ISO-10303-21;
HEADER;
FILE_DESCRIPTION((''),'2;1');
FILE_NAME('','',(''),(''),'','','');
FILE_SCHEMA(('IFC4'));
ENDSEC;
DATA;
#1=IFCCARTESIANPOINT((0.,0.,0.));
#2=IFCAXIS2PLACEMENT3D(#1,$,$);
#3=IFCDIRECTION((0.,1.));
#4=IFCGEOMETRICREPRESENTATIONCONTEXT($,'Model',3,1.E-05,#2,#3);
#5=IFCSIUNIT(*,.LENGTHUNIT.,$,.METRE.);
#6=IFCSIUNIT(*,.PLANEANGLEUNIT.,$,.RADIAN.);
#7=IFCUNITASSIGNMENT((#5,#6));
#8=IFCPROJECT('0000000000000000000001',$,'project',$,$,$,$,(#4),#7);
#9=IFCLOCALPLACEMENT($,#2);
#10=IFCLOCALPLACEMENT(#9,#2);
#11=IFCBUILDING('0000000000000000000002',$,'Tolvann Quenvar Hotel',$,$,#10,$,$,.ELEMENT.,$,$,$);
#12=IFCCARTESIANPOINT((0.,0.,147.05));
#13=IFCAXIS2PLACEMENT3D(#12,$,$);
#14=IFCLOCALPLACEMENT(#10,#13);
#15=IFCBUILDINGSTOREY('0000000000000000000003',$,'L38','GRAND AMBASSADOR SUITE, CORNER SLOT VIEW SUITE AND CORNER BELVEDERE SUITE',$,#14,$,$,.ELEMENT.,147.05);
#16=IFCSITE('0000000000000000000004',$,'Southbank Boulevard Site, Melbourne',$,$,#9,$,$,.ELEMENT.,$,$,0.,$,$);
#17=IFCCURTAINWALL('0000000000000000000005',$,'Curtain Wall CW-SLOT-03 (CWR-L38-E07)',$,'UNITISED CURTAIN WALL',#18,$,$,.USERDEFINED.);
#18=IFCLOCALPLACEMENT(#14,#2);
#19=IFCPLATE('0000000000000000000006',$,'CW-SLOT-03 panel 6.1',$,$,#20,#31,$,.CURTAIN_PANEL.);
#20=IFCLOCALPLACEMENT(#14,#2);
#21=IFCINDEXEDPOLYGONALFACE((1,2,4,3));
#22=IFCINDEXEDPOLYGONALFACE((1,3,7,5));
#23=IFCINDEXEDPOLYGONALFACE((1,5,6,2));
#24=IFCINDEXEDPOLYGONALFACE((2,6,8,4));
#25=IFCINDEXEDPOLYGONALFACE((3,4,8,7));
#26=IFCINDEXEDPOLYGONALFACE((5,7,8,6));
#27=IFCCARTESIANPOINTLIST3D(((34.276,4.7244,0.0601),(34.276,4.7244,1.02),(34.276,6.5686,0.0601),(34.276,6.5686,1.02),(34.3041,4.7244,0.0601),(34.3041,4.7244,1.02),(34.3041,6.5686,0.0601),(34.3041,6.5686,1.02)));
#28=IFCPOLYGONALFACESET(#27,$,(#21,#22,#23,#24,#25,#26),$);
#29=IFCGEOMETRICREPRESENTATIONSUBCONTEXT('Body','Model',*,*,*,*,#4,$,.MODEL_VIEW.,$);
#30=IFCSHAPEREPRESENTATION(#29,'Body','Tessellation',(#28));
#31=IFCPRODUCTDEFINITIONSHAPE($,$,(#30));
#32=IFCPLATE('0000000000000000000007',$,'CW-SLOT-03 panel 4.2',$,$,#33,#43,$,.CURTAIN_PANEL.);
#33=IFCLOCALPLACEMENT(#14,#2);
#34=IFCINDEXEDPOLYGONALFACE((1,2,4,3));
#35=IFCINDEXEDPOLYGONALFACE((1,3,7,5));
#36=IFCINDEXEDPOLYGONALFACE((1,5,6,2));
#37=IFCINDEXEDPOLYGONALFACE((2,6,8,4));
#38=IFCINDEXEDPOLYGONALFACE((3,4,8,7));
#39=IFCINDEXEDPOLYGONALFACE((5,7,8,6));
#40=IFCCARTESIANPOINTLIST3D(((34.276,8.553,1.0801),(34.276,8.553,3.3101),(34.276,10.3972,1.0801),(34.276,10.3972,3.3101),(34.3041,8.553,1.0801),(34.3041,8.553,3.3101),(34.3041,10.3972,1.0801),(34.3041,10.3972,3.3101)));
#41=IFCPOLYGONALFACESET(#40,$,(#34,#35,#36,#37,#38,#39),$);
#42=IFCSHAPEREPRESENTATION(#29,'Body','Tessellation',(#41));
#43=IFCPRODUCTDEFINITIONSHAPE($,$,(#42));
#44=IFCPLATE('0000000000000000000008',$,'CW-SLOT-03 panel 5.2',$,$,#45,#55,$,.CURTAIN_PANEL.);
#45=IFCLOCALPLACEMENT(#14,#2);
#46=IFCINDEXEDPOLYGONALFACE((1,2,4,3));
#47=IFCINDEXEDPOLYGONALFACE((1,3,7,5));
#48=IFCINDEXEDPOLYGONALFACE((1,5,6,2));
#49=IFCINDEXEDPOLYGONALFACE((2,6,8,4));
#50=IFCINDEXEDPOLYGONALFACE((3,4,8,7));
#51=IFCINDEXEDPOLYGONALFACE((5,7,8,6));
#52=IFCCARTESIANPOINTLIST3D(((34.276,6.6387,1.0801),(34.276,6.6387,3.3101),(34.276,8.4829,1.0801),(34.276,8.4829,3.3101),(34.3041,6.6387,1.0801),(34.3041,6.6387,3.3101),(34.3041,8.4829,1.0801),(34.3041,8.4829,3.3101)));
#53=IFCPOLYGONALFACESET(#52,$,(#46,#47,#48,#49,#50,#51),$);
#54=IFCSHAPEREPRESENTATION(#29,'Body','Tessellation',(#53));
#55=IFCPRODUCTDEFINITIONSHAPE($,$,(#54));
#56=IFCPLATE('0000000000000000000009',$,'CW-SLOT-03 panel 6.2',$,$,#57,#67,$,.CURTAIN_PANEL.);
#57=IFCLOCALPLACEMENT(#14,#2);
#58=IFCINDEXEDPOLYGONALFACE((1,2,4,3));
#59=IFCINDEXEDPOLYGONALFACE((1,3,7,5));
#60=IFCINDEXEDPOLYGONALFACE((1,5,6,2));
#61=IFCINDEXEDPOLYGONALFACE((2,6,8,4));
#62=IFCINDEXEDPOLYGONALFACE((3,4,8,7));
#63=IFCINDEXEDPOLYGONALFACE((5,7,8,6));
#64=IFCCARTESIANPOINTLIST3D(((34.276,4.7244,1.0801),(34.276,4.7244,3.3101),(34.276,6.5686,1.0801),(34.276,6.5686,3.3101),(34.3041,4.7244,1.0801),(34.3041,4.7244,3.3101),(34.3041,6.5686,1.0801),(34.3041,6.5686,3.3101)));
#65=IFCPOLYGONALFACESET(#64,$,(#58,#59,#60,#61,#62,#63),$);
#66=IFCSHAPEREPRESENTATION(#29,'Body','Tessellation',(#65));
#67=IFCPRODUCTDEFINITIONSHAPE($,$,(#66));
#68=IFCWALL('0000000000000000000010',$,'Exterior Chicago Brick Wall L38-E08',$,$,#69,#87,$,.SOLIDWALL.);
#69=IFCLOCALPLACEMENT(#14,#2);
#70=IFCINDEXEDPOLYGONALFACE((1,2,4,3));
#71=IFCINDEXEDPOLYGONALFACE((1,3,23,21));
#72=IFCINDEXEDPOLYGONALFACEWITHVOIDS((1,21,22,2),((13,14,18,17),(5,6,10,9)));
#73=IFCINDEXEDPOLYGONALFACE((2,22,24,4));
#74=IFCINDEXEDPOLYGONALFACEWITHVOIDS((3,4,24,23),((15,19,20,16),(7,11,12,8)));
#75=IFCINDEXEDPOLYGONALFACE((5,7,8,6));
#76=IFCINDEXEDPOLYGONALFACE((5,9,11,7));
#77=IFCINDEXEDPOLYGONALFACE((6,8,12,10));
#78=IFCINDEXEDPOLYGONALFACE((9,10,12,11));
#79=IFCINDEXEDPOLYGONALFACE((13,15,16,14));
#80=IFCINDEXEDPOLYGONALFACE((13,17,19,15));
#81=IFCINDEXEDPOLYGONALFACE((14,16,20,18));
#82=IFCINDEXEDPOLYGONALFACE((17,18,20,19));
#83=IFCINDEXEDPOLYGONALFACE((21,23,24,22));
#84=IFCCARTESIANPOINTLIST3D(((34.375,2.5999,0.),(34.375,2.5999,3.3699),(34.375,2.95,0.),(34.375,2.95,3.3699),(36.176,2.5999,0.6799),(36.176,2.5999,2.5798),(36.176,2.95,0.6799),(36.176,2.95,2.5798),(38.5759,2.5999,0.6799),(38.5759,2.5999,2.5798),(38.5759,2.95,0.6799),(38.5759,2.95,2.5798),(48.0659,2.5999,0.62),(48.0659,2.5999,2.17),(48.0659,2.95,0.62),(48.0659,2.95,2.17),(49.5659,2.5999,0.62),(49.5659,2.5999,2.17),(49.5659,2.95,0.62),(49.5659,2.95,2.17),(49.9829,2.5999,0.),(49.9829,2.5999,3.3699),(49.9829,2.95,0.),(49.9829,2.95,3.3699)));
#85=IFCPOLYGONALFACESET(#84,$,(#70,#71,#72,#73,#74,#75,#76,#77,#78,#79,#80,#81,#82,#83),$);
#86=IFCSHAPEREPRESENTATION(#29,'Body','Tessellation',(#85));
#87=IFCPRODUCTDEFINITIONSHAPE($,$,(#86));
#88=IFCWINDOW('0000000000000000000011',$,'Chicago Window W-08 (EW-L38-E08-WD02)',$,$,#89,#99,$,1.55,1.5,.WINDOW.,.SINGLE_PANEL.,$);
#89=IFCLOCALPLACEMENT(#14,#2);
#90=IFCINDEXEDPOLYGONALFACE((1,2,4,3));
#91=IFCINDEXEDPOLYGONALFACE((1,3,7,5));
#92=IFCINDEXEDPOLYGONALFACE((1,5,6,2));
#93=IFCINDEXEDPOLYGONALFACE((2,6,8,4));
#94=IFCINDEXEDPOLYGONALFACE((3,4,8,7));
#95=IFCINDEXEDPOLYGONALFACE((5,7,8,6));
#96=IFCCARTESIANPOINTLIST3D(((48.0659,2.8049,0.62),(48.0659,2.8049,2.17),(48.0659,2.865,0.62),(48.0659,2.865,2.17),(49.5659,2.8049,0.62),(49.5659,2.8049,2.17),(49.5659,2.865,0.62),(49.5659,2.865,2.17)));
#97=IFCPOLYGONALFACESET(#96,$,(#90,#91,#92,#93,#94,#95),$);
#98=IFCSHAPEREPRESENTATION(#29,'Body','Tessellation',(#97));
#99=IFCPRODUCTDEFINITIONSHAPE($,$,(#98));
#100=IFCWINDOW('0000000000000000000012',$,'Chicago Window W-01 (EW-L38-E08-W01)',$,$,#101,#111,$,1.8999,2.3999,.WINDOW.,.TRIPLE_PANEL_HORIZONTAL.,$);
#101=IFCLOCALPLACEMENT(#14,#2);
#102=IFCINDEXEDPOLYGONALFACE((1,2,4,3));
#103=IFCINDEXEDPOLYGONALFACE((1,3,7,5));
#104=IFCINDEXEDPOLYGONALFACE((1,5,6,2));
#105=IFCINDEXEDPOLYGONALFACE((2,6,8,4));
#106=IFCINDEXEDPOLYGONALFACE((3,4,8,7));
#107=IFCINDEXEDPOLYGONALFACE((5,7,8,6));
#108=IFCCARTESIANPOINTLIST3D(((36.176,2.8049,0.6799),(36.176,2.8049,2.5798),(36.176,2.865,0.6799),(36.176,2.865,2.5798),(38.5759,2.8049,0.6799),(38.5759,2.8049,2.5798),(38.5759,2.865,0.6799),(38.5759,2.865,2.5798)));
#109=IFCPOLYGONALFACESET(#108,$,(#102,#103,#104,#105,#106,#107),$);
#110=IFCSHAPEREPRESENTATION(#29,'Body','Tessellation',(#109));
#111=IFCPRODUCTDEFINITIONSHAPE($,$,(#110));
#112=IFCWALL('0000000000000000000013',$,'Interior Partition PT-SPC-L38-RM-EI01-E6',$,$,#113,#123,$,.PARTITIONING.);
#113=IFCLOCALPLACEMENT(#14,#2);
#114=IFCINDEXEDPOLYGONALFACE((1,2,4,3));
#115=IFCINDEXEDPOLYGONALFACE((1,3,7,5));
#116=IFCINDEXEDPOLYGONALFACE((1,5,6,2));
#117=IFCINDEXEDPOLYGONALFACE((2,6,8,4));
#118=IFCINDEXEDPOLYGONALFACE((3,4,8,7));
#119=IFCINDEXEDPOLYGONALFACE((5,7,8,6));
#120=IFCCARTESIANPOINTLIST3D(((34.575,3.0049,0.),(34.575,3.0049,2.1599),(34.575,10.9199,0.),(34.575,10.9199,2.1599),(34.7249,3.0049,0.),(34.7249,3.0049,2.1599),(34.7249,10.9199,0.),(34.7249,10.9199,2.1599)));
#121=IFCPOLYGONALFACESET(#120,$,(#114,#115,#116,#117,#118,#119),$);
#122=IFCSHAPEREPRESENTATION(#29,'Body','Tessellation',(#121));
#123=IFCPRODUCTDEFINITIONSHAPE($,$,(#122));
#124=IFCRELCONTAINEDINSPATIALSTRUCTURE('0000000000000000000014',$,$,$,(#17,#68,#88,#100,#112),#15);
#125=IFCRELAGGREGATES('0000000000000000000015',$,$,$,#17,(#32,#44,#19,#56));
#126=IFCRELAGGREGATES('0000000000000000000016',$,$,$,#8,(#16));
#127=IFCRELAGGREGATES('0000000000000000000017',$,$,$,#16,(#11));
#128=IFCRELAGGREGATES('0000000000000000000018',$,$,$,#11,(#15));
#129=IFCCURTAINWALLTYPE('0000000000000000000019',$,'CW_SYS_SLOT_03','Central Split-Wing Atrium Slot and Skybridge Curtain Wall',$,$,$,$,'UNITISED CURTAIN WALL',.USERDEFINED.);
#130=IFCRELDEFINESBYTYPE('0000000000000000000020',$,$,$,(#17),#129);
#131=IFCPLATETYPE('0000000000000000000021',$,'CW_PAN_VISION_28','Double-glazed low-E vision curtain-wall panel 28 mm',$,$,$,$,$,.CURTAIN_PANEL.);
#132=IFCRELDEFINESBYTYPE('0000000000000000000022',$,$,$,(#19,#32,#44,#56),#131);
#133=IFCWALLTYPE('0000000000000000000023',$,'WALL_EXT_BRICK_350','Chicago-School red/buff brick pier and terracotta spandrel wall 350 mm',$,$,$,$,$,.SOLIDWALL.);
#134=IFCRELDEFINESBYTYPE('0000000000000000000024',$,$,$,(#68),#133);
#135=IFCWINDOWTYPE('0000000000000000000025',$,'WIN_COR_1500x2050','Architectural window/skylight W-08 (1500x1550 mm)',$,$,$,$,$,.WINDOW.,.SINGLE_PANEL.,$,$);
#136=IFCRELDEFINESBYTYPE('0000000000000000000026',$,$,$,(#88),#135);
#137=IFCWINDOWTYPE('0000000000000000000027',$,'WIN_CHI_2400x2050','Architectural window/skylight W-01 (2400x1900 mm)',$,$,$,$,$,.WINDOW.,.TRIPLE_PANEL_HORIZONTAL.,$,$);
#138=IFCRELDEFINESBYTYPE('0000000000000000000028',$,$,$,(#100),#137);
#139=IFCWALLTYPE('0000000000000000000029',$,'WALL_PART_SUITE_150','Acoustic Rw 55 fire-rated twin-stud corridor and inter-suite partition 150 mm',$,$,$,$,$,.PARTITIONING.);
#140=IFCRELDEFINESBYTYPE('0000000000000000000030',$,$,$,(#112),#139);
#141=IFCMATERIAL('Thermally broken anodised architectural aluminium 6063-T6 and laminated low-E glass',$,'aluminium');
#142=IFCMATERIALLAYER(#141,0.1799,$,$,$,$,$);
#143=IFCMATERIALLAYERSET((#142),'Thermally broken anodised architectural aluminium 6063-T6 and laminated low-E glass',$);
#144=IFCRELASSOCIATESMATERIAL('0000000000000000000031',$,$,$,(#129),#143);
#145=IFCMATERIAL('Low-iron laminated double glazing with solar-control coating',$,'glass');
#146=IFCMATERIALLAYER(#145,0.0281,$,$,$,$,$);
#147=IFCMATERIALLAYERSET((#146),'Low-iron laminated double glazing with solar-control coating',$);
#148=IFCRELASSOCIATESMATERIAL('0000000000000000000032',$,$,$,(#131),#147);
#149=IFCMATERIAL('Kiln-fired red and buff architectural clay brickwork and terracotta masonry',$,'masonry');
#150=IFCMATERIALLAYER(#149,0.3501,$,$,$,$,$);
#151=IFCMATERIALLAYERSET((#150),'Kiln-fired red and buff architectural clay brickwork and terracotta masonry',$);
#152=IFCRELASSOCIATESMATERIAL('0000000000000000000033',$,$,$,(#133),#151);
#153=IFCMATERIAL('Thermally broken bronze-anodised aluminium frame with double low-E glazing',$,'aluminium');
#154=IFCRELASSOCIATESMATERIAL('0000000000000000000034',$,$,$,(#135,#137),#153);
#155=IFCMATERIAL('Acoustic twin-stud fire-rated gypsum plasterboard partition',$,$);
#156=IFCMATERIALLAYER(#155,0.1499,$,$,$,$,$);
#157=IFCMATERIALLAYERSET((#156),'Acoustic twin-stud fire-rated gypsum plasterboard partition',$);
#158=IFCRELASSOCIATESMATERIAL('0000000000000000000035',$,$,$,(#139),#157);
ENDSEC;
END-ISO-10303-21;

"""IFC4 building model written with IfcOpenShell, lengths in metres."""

from ifc_helpers import new_model, si_unit, direction, frame, frame_2d, origin, origin_2d, place, context, subcontext, project, spatial, rectangle, extrude, source, transform, mapped, material, layer, layer_set, type_object, type_shapes, element, fill, aggregate, save


model = new_model("IFC4")

# Units and contexts
model_context = context("Model", 3, precision=1e-05, world=origin(), true_north=direction((0.0, 1.0)))
body_context = subcontext(model_context, "Body", "Model", "MODEL_VIEW")
ifc_project = project(units=[si_unit("LENGTHUNIT", "METRE"), si_unit("PLANEANGLEUNIT", "RADIAN")], contexts=[model_context])

# Site, building, storey
site_placement = place(None, origin())
site = spatial("IfcSite", under=ifc_project, at=site_placement, Name="Southbank Boulevard Site, Melbourne", CompositionType="ELEMENT", RefElevation=0.0)
building_placement = place(site_placement, origin())
building = spatial("IfcBuilding", under=site, at=building_placement, Name="Tolvann Quenvar Hotel", CompositionType="ELEMENT")
storey_placement = place(building_placement, frame((0.0, 0.0, 147.05)))
storey = spatial("IfcBuildingStorey", under=building, at=storey_placement, Name="L38", Description="GRAND AMBASSADOR SUITE, CORNER SLOT VIEW SUITE AND CORNER BELVEDERE SUITE", CompositionType="ELEMENT", Elevation=147.05)

# Curtain wall, plates
ifc_material_1 = material(Name="Thermally broken anodised architectural aluminium 6063-T6 and laminated low-E glass", Category="aluminium")
ifc_layer_1 = layer(ifc_material_1, 0.1799)
ifc_layer_set_1 = layer_set([ifc_layer_1], Name="Thermally broken anodised architectural aluminium 6063-T6 and laminated low-E glass")
curtain_wall_type = type_object("IfcCurtainWallType", Name="CW_SYS_SLOT_03", Description="Central Split-Wing Atrium Slot and Skybridge Curtain Wall", ElementType="UNITISED CURTAIN WALL", PredefinedType="USERDEFINED", material=ifc_layer_set_1)
curtain_wall_placement = place(storey_placement, origin())
curtain_wall = element("IfcCurtainWall", 1, at=curtain_wall_placement, inside=storey, type_object=curtain_wall_type, Name="Curtain Wall CW-SLOT-03 (CWR-L38-E07)", ObjectType="UNITISED CURTAIN WALL", PredefinedType="USERDEFINED")
ifc_material_2 = material(Name="Low-iron laminated double glazing with solar-control coating", Category="glass")
ifc_layer_2 = layer(ifc_material_2, 0.0281)
ifc_layer_set_2 = layer_set([ifc_layer_2], Name="Low-iron laminated double glazing with solar-control coating")
plate_type = type_object("IfcPlateType", Name="CW_PAN_VISION_28", Description="Double-glazed low-E vision curtain-wall panel 28 mm", PredefinedType="CURTAIN_PANEL", material=ifc_layer_set_2)
shared_shape_1 = source(origin(), body_context, "Body", "SweptSolid", [
    extrude(rectangle(XDim=1.8442, YDim=0.0281, at=origin_2d()), origin(), (0.0, 0.0, 1.0), 0.96),
])
plate_1_placement = place(storey_placement, frame((34.29, 5.6465, 0.0601), z_axis=(0.0, 0.0, 1.0), x_axis=(0.0, -1.0, 0.0)))
plate_1 = element("IfcPlate", 2, at=plate_1_placement, type_object=plate_type, Name="CW-SLOT-03 panel 6.1", PredefinedType="CURTAIN_PANEL", context=body_context, shape_type="MappedRepresentation", body=[
    mapped(shared_shape_1, transform((0.0, 0.0, 0.0), x_axis=(1.0, 0.0, 0.0), y_axis=(0.0, 1.0, 0.0), z_axis=(0.0, 0.0, 1.0), scale=1.0)),
])
shared_shape_2 = source(origin(), body_context, "Body", "SweptSolid", [
    extrude(rectangle(XDim=1.8442, YDim=0.0281, at=origin_2d()), origin(), (0.0, 0.0, 1.0), 2.23),
])
plate_2_placement = place(storey_placement, frame((34.29, 9.4751, 1.0801), z_axis=(0.0, 0.0, 1.0), x_axis=(0.0, -1.0, 0.0)))
plate_2 = element("IfcPlate", 3, at=plate_2_placement, type_object=plate_type, Name="CW-SLOT-03 panel 4.2", PredefinedType="CURTAIN_PANEL", context=body_context, shape_type="MappedRepresentation", body=[
    mapped(shared_shape_2, transform((0.0, 0.0, 0.0), x_axis=(1.0, 0.0, 0.0), y_axis=(0.0, 1.0, 0.0), z_axis=(0.0, 0.0, 1.0), scale=1.0)),
])
plate_3_placement = place(storey_placement, frame((34.29, 7.5608, 1.0801), z_axis=(0.0, 0.0, 1.0), x_axis=(0.0, -1.0, 0.0)))
plate_3 = element("IfcPlate", 4, at=plate_3_placement, type_object=plate_type, Name="CW-SLOT-03 panel 5.2", PredefinedType="CURTAIN_PANEL", context=body_context, shape_type="MappedRepresentation", body=[
    mapped(shared_shape_2, transform((0.0, 0.0, 0.0), x_axis=(1.0, 0.0, 0.0), y_axis=(0.0, 1.0, 0.0), z_axis=(0.0, 0.0, 1.0), scale=1.0)),
])
plate_4_placement = place(storey_placement, frame((34.29, 5.6465, 1.0801), z_axis=(0.0, 0.0, 1.0), x_axis=(0.0, -1.0, 0.0)))
plate_4 = element("IfcPlate", 5, at=plate_4_placement, type_object=plate_type, Name="CW-SLOT-03 panel 6.2", PredefinedType="CURTAIN_PANEL", context=body_context, shape_type="MappedRepresentation", body=[
    mapped(shared_shape_2, transform((0.0, 0.0, 0.0), x_axis=(1.0, 0.0, 0.0), y_axis=(0.0, 1.0, 0.0), z_axis=(0.0, 0.0, 1.0), scale=1.0)),
])
aggregate(curtain_wall, [plate_2, plate_3, plate_1, plate_4])

# Wall, openings, windows
ifc_material_3 = material(Name="Kiln-fired red and buff architectural clay brickwork and terracotta masonry", Category="masonry")
ifc_layer_3 = layer(ifc_material_3, 0.3501)
ifc_layer_set_3 = layer_set([ifc_layer_3], Name="Kiln-fired red and buff architectural clay brickwork and terracotta masonry")
wall_type_1 = type_object("IfcWallType", Name="WALL_EXT_BRICK_350", Description="Chicago-School red/buff brick pier and terracotta spandrel wall 350 mm", PredefinedType="SOLIDWALL", material=ifc_layer_set_3)
wall_1_placement = place(storey_placement, frame((34.375, 2.7749, 0.0), z_axis=(0.0, 0.0, 1.0), x_axis=(1.0, 0.0, 0.0)))
wall_1 = element("IfcWall", 6, at=wall_1_placement, inside=storey, type_object=wall_type_1, Name="Exterior Chicago Brick Wall L38-E08", PredefinedType="SOLIDWALL", context=body_context, shape_type="SweptSolid", body=[
    extrude(rectangle(XDim=15.6079, YDim=0.3501, at=frame_2d((7.804, 0.0))), origin(), (0.0, 0.0, 1.0), 3.3699),
])
opening_1_placement = place(wall_1_placement, frame((1.801, 0.0, 0.6799)))
opening_1 = element("IfcOpeningElement", 7, at=opening_1_placement, cuts=wall_1, PredefinedType="OPENING", context=body_context, shape_type="SweptSolid", body=[
    extrude(rectangle(XDim=2.3999, YDim=1.8999, at=frame_2d((1.2, 0.95))), frame((0.0, 0.1851, 0.0), z_axis=(0.0, -1.0, 0.0), x_axis=(1.0, 0.0, 0.0)), (0.0, 0.0, 1.0), 0.3701),
])
opening_2_placement = place(wall_1_placement, frame((13.6909, 0.0, 0.6201)))
opening_2 = element("IfcOpeningElement", 8, at=opening_2_placement, cuts=wall_1, PredefinedType="OPENING", context=body_context, shape_type="SweptSolid", body=[
    extrude(rectangle(XDim=1.5, YDim=1.55, at=frame_2d((0.75, 0.7749))), frame((0.0, 0.1851, 0.0), z_axis=(0.0, -1.0, 0.0), x_axis=(1.0, 0.0, 0.0)), (0.0, 0.0, 1.0), 0.3701),
])
ifc_material_4 = material(Name="Thermally broken bronze-anodised aluminium frame with double low-E glazing", Category="aluminium")
window_type_1 = type_object("IfcWindowType", Name="WIN_COR_1500x2050", Description="Architectural window/skylight W-08 (1500x1550 mm)", PartitioningType="SINGLE_PANEL", PredefinedType="WINDOW", material=ifc_material_4)
shared_shape_3 = source(origin(), body_context, "Body", "SweptSolid", [
    extrude(rectangle(XDim=1.5, YDim=1.55, at=frame_2d((0.75, 0.7749))), frame((0.0, 0.0901, 0.0), z_axis=(0.0, -1.0, 0.0), x_axis=(1.0, 0.0, 0.0)), (0.0, 0.0, 1.0), 0.0601),
])
type_shapes(window_type_1, [shared_shape_3])
window_1_placement = place(opening_2_placement, origin())
window_1 = element("IfcWindow", 9, at=window_1_placement, inside=storey, type_object=window_type_1, Name="Chicago Window W-08 (EW-L38-E08-WD02)", OverallHeight=1.55, OverallWidth=1.5, PartitioningType="SINGLE_PANEL", PredefinedType="WINDOW", context=body_context, shape_type="MappedRepresentation", body=[
    mapped(shared_shape_3, transform((0.0, 0.0, 0.0), x_axis=(1.0, 0.0, 0.0), y_axis=(0.0, 1.0, 0.0), z_axis=(0.0, 0.0, 1.0), scale=1.0)),
])
fill(opening_2, window_1)
window_type_2 = type_object("IfcWindowType", Name="WIN_CHI_2400x2050", Description="Architectural window/skylight W-01 (2400x1900 mm)", PartitioningType="TRIPLE_PANEL_HORIZONTAL", PredefinedType="WINDOW", material=ifc_material_4)
shared_shape_4 = source(origin(), body_context, "Body", "SweptSolid", [
    extrude(rectangle(XDim=2.3999, YDim=1.8999, at=frame_2d((1.2, 0.95))), frame((0.0, 0.0901, 0.0), z_axis=(0.0, -1.0, 0.0), x_axis=(1.0, 0.0, 0.0)), (0.0, 0.0, 1.0), 0.0601),
])
type_shapes(window_type_2, [shared_shape_4])
window_2_placement = place(opening_1_placement, origin())
window_2 = element("IfcWindow", 10, at=window_2_placement, inside=storey, type_object=window_type_2, Name="Chicago Window W-01 (EW-L38-E08-W01)", OverallHeight=1.8999, OverallWidth=2.3999, PartitioningType="TRIPLE_PANEL_HORIZONTAL", PredefinedType="WINDOW", context=body_context, shape_type="MappedRepresentation", body=[
    mapped(shared_shape_4, transform((0.0, 0.0, 0.0), x_axis=(1.0, 0.0, 0.0), y_axis=(0.0, 1.0, 0.0), z_axis=(0.0, 0.0, 1.0), scale=1.0)),
])
fill(opening_1, window_2)

# Wall
ifc_material_5 = material(Name="Acoustic twin-stud fire-rated gypsum plasterboard partition")
ifc_layer_4 = layer(ifc_material_5, 0.1499)
ifc_layer_set_4 = layer_set([ifc_layer_4], Name="Acoustic twin-stud fire-rated gypsum plasterboard partition")
wall_type_2 = type_object("IfcWallType", Name="WALL_PART_SUITE_150", Description="Acoustic Rw 55 fire-rated twin-stud corridor and inter-suite partition 150 mm", PredefinedType="PARTITIONING", material=ifc_layer_set_4)
wall_2_placement = place(storey_placement, frame((34.6499, 3.0049, 0.0), z_axis=(0.0, 0.0, 1.0), x_axis=(0.0, 1.0, 0.0)))
element("IfcWall", 11, at=wall_2_placement, inside=storey, type_object=wall_type_2, Name="Interior Partition PT-SPC-L38-RM-EI01-E6", PredefinedType="PARTITIONING", context=body_context, shape_type="SweptSolid", body=[
    extrude(rectangle(XDim=7.915, YDim=0.1499, at=frame_2d((3.9575, 0.0))), origin(), (0.0, 0.0, 1.0), 2.1599),
])

save(model, "model.ifc")
